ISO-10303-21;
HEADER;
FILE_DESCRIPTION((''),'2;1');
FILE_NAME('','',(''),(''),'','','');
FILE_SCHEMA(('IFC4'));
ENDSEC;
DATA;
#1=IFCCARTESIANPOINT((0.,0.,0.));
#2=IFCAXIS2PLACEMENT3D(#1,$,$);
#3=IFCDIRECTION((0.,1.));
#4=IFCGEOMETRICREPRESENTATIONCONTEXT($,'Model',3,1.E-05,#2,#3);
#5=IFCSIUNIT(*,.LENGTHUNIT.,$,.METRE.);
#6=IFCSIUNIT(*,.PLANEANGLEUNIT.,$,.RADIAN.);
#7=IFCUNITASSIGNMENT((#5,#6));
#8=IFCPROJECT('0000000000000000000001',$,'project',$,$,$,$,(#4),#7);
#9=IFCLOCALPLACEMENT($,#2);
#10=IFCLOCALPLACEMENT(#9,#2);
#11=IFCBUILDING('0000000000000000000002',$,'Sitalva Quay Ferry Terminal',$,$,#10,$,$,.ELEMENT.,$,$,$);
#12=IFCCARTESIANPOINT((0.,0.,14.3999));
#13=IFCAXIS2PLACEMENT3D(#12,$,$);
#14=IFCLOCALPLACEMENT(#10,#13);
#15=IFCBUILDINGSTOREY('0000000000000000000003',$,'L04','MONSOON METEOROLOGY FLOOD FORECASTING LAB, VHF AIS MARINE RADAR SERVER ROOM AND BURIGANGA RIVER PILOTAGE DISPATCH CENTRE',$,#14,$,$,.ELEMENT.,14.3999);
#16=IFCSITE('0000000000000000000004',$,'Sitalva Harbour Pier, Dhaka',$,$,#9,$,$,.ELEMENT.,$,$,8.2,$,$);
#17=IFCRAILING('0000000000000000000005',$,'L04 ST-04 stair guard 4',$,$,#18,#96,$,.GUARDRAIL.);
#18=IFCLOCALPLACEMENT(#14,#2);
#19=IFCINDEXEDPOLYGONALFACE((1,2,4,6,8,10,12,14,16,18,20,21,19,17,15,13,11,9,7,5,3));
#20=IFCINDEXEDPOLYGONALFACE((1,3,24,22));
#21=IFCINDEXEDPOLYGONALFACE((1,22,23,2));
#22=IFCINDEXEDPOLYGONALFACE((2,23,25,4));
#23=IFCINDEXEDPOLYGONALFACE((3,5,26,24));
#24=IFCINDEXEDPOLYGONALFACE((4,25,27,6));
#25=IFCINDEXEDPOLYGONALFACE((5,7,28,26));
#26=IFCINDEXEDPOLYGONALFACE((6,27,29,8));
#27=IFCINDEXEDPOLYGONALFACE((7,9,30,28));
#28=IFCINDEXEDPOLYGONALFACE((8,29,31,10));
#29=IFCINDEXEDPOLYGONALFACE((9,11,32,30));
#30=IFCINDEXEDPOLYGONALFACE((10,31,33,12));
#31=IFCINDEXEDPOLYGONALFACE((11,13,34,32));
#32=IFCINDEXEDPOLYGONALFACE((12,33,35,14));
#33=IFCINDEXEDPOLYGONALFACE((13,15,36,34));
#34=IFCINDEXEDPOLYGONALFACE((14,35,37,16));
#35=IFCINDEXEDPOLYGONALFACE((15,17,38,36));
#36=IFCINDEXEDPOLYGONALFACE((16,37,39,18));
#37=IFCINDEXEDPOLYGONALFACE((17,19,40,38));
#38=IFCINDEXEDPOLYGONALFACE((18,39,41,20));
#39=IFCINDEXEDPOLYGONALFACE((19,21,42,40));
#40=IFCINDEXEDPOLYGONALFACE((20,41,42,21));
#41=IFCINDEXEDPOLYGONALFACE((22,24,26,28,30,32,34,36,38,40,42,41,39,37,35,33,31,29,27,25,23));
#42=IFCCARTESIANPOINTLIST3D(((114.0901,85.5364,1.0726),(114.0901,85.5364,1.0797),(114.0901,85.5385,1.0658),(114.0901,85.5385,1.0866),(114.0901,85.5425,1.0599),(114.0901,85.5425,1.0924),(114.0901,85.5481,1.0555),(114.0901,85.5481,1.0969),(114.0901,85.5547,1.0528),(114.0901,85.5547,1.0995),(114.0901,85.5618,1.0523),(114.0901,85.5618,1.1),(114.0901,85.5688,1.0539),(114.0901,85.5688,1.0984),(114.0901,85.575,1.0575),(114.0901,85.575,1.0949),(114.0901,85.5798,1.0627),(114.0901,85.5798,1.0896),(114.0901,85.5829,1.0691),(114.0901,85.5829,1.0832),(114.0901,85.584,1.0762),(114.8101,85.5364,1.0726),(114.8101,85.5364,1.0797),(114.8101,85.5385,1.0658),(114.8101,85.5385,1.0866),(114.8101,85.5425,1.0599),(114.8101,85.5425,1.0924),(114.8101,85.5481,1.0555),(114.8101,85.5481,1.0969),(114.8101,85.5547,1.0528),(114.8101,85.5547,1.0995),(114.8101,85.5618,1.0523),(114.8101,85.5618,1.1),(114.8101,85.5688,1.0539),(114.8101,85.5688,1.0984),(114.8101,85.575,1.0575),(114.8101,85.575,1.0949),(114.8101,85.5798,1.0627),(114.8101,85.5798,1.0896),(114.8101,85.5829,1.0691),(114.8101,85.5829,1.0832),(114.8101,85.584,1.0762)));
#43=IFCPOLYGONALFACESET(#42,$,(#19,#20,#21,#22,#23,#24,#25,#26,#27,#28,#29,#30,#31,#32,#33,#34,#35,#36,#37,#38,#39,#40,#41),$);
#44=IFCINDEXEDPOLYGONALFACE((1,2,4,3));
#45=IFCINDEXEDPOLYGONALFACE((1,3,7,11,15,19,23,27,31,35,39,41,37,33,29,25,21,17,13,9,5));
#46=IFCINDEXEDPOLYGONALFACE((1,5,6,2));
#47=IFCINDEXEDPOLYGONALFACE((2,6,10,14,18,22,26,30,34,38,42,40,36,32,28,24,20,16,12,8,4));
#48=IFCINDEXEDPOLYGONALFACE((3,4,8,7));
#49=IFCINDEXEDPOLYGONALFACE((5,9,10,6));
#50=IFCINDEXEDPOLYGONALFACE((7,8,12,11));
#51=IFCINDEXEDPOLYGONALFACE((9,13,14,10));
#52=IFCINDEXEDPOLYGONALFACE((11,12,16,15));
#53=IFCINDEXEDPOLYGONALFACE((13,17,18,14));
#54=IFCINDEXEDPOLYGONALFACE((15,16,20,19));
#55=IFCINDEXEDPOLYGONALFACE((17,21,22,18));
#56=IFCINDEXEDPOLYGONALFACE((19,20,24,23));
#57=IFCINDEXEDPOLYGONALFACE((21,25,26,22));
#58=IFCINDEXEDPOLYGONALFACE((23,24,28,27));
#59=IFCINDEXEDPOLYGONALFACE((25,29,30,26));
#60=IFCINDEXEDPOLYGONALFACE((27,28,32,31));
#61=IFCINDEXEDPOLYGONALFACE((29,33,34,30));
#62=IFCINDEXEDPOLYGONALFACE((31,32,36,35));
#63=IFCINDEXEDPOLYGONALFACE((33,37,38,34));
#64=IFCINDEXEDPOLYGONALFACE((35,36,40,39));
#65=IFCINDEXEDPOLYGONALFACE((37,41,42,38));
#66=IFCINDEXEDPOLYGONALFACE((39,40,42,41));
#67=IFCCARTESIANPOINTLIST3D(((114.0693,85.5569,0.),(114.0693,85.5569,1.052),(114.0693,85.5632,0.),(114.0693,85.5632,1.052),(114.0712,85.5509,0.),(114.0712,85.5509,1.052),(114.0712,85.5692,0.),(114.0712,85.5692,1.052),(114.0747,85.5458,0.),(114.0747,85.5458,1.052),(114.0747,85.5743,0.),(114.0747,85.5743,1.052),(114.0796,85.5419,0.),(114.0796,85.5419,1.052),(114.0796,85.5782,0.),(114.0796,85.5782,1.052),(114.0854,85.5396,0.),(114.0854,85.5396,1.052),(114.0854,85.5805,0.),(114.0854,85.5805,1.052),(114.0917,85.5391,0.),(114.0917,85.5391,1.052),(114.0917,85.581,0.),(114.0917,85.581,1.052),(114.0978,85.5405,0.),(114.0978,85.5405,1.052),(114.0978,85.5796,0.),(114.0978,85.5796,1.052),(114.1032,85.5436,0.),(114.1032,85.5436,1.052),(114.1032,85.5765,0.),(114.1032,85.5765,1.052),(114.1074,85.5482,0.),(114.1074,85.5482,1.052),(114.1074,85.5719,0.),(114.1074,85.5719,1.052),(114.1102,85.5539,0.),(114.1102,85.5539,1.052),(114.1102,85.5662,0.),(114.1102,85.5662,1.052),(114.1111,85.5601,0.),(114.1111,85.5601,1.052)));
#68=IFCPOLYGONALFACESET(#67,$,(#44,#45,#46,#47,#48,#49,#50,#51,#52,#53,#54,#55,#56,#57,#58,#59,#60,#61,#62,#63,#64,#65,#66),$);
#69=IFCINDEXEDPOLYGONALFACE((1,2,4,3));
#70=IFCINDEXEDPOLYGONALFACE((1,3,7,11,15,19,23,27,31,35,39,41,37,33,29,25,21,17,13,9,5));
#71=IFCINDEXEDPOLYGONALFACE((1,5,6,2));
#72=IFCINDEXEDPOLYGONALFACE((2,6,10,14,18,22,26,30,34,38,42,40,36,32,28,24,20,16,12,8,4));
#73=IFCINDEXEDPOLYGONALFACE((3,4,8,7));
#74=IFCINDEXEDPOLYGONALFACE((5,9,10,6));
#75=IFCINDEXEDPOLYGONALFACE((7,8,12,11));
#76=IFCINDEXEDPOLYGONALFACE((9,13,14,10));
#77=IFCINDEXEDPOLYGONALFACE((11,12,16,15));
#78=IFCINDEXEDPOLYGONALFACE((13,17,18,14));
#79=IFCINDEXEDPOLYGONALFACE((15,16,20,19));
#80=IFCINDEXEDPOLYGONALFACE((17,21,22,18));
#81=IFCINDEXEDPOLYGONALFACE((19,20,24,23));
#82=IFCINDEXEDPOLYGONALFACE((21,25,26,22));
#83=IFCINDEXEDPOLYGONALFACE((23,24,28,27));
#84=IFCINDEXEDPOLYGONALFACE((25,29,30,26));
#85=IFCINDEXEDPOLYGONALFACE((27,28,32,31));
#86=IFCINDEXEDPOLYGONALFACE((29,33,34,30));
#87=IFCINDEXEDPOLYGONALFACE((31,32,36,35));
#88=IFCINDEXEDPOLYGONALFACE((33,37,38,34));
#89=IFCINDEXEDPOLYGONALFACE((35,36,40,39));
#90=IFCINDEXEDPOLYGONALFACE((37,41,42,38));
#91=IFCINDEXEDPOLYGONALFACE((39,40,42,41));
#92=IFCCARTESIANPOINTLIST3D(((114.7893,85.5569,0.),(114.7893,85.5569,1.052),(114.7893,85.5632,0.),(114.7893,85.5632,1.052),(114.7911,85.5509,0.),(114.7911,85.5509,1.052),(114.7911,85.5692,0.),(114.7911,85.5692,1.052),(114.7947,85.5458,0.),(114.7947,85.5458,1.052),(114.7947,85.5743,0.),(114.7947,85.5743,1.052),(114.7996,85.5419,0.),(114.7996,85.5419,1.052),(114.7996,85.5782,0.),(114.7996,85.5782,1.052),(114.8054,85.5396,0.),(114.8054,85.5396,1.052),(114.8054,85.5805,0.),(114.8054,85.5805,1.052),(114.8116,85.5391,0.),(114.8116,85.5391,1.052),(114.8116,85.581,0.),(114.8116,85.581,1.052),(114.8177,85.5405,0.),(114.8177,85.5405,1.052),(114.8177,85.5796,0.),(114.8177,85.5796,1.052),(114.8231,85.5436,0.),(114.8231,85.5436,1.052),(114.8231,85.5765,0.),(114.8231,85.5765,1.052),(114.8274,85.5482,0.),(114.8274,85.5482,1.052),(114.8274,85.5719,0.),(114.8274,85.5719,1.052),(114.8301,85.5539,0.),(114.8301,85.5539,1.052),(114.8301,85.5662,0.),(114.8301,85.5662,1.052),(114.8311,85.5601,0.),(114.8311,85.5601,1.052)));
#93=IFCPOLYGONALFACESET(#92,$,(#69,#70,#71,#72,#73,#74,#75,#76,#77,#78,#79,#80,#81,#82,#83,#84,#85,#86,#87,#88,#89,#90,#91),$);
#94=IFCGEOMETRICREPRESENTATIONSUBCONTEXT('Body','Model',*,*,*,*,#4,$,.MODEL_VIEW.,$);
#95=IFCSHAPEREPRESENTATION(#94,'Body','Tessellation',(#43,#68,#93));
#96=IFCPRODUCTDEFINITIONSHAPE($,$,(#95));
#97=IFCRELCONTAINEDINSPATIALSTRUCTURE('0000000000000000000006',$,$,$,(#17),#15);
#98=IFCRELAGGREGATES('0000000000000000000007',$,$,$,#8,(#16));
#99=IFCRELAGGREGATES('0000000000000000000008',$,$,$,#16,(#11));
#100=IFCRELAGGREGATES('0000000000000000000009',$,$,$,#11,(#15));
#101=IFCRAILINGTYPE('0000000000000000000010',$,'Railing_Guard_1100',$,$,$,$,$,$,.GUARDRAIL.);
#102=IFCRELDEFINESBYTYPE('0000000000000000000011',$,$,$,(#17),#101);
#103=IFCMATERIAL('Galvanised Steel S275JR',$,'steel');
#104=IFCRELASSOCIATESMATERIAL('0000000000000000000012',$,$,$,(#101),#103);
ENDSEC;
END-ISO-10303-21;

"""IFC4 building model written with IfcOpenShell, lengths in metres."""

from ifc_helpers import new_model, si_unit, direction, frame, origin, origin_2d, place, context, subcontext, project, spatial, circle, extrude, material, type_object, element, save


model = new_model("IFC4")

# Units and contexts
model_context = context("Model", 3, precision=1e-05, world=origin(), true_north=direction((0.0, 1.0)))
body_context = subcontext(model_context, "Body", "Model", "MODEL_VIEW")
ifc_project = project(units=[si_unit("LENGTHUNIT", "METRE"), si_unit("PLANEANGLEUNIT", "RADIAN")], contexts=[model_context])

# Site, building, storey
site_placement = place(None, origin())
site = spatial("IfcSite", under=ifc_project, at=site_placement, Name="Sitalva Harbour Pier, Dhaka", CompositionType="ELEMENT", RefElevation=8.2)
building_placement = place(site_placement, origin())
building = spatial("IfcBuilding", under=site, at=building_placement, Name="Sitalva Quay Ferry Terminal", CompositionType="ELEMENT")
storey_placement = place(building_placement, frame((0.0, 0.0, 14.3999)))
storey = spatial("IfcBuildingStorey", under=building, at=storey_placement, Name="L04", Description="MONSOON METEOROLOGY FLOOD FORECASTING LAB, VHF AIS MARINE RADAR SERVER ROOM AND BURIGANGA RIVER PILOTAGE DISPATCH CENTRE", CompositionType="ELEMENT", Elevation=14.3999)

# Railing
ifc_material_1 = material(Name="Galvanised Steel S275JR", Category="steel")
railing_type_1 = type_object("IfcRailingType", Name="Railing_Guard_1100", PredefinedType="GUARDRAIL", material=ifc_material_1)
railing_1_placement = place(storey_placement, frame((114.0901, 85.5601, 0.0)))
element("IfcRailing", 1, at=railing_1_placement, inside=storey, type_object=railing_type_1, Name="L04 ST-04 stair guard 4", PredefinedType="GUARDRAIL", context=body_context, shape_type="SweptSolid", body=[
    extrude(circle(Radius=0.0239, at=origin_2d()), frame((0.0, 0.0, 1.0762), z_axis=(1.0, 0.0, 0.0), x_axis=(0.0, 1.0, 0.0)), (0.0, 0.0, 1.0), 0.72),
    extrude(circle(Radius=0.021, at=origin_2d()), origin(), (0.0, 0.0, 1.0), 1.052),
    extrude(circle(Radius=0.021, at=origin_2d()), frame((0.72, 0.0, 0.0)), (0.0, 0.0, 1.0), 1.052),
])

save(model, "model.ifc")
